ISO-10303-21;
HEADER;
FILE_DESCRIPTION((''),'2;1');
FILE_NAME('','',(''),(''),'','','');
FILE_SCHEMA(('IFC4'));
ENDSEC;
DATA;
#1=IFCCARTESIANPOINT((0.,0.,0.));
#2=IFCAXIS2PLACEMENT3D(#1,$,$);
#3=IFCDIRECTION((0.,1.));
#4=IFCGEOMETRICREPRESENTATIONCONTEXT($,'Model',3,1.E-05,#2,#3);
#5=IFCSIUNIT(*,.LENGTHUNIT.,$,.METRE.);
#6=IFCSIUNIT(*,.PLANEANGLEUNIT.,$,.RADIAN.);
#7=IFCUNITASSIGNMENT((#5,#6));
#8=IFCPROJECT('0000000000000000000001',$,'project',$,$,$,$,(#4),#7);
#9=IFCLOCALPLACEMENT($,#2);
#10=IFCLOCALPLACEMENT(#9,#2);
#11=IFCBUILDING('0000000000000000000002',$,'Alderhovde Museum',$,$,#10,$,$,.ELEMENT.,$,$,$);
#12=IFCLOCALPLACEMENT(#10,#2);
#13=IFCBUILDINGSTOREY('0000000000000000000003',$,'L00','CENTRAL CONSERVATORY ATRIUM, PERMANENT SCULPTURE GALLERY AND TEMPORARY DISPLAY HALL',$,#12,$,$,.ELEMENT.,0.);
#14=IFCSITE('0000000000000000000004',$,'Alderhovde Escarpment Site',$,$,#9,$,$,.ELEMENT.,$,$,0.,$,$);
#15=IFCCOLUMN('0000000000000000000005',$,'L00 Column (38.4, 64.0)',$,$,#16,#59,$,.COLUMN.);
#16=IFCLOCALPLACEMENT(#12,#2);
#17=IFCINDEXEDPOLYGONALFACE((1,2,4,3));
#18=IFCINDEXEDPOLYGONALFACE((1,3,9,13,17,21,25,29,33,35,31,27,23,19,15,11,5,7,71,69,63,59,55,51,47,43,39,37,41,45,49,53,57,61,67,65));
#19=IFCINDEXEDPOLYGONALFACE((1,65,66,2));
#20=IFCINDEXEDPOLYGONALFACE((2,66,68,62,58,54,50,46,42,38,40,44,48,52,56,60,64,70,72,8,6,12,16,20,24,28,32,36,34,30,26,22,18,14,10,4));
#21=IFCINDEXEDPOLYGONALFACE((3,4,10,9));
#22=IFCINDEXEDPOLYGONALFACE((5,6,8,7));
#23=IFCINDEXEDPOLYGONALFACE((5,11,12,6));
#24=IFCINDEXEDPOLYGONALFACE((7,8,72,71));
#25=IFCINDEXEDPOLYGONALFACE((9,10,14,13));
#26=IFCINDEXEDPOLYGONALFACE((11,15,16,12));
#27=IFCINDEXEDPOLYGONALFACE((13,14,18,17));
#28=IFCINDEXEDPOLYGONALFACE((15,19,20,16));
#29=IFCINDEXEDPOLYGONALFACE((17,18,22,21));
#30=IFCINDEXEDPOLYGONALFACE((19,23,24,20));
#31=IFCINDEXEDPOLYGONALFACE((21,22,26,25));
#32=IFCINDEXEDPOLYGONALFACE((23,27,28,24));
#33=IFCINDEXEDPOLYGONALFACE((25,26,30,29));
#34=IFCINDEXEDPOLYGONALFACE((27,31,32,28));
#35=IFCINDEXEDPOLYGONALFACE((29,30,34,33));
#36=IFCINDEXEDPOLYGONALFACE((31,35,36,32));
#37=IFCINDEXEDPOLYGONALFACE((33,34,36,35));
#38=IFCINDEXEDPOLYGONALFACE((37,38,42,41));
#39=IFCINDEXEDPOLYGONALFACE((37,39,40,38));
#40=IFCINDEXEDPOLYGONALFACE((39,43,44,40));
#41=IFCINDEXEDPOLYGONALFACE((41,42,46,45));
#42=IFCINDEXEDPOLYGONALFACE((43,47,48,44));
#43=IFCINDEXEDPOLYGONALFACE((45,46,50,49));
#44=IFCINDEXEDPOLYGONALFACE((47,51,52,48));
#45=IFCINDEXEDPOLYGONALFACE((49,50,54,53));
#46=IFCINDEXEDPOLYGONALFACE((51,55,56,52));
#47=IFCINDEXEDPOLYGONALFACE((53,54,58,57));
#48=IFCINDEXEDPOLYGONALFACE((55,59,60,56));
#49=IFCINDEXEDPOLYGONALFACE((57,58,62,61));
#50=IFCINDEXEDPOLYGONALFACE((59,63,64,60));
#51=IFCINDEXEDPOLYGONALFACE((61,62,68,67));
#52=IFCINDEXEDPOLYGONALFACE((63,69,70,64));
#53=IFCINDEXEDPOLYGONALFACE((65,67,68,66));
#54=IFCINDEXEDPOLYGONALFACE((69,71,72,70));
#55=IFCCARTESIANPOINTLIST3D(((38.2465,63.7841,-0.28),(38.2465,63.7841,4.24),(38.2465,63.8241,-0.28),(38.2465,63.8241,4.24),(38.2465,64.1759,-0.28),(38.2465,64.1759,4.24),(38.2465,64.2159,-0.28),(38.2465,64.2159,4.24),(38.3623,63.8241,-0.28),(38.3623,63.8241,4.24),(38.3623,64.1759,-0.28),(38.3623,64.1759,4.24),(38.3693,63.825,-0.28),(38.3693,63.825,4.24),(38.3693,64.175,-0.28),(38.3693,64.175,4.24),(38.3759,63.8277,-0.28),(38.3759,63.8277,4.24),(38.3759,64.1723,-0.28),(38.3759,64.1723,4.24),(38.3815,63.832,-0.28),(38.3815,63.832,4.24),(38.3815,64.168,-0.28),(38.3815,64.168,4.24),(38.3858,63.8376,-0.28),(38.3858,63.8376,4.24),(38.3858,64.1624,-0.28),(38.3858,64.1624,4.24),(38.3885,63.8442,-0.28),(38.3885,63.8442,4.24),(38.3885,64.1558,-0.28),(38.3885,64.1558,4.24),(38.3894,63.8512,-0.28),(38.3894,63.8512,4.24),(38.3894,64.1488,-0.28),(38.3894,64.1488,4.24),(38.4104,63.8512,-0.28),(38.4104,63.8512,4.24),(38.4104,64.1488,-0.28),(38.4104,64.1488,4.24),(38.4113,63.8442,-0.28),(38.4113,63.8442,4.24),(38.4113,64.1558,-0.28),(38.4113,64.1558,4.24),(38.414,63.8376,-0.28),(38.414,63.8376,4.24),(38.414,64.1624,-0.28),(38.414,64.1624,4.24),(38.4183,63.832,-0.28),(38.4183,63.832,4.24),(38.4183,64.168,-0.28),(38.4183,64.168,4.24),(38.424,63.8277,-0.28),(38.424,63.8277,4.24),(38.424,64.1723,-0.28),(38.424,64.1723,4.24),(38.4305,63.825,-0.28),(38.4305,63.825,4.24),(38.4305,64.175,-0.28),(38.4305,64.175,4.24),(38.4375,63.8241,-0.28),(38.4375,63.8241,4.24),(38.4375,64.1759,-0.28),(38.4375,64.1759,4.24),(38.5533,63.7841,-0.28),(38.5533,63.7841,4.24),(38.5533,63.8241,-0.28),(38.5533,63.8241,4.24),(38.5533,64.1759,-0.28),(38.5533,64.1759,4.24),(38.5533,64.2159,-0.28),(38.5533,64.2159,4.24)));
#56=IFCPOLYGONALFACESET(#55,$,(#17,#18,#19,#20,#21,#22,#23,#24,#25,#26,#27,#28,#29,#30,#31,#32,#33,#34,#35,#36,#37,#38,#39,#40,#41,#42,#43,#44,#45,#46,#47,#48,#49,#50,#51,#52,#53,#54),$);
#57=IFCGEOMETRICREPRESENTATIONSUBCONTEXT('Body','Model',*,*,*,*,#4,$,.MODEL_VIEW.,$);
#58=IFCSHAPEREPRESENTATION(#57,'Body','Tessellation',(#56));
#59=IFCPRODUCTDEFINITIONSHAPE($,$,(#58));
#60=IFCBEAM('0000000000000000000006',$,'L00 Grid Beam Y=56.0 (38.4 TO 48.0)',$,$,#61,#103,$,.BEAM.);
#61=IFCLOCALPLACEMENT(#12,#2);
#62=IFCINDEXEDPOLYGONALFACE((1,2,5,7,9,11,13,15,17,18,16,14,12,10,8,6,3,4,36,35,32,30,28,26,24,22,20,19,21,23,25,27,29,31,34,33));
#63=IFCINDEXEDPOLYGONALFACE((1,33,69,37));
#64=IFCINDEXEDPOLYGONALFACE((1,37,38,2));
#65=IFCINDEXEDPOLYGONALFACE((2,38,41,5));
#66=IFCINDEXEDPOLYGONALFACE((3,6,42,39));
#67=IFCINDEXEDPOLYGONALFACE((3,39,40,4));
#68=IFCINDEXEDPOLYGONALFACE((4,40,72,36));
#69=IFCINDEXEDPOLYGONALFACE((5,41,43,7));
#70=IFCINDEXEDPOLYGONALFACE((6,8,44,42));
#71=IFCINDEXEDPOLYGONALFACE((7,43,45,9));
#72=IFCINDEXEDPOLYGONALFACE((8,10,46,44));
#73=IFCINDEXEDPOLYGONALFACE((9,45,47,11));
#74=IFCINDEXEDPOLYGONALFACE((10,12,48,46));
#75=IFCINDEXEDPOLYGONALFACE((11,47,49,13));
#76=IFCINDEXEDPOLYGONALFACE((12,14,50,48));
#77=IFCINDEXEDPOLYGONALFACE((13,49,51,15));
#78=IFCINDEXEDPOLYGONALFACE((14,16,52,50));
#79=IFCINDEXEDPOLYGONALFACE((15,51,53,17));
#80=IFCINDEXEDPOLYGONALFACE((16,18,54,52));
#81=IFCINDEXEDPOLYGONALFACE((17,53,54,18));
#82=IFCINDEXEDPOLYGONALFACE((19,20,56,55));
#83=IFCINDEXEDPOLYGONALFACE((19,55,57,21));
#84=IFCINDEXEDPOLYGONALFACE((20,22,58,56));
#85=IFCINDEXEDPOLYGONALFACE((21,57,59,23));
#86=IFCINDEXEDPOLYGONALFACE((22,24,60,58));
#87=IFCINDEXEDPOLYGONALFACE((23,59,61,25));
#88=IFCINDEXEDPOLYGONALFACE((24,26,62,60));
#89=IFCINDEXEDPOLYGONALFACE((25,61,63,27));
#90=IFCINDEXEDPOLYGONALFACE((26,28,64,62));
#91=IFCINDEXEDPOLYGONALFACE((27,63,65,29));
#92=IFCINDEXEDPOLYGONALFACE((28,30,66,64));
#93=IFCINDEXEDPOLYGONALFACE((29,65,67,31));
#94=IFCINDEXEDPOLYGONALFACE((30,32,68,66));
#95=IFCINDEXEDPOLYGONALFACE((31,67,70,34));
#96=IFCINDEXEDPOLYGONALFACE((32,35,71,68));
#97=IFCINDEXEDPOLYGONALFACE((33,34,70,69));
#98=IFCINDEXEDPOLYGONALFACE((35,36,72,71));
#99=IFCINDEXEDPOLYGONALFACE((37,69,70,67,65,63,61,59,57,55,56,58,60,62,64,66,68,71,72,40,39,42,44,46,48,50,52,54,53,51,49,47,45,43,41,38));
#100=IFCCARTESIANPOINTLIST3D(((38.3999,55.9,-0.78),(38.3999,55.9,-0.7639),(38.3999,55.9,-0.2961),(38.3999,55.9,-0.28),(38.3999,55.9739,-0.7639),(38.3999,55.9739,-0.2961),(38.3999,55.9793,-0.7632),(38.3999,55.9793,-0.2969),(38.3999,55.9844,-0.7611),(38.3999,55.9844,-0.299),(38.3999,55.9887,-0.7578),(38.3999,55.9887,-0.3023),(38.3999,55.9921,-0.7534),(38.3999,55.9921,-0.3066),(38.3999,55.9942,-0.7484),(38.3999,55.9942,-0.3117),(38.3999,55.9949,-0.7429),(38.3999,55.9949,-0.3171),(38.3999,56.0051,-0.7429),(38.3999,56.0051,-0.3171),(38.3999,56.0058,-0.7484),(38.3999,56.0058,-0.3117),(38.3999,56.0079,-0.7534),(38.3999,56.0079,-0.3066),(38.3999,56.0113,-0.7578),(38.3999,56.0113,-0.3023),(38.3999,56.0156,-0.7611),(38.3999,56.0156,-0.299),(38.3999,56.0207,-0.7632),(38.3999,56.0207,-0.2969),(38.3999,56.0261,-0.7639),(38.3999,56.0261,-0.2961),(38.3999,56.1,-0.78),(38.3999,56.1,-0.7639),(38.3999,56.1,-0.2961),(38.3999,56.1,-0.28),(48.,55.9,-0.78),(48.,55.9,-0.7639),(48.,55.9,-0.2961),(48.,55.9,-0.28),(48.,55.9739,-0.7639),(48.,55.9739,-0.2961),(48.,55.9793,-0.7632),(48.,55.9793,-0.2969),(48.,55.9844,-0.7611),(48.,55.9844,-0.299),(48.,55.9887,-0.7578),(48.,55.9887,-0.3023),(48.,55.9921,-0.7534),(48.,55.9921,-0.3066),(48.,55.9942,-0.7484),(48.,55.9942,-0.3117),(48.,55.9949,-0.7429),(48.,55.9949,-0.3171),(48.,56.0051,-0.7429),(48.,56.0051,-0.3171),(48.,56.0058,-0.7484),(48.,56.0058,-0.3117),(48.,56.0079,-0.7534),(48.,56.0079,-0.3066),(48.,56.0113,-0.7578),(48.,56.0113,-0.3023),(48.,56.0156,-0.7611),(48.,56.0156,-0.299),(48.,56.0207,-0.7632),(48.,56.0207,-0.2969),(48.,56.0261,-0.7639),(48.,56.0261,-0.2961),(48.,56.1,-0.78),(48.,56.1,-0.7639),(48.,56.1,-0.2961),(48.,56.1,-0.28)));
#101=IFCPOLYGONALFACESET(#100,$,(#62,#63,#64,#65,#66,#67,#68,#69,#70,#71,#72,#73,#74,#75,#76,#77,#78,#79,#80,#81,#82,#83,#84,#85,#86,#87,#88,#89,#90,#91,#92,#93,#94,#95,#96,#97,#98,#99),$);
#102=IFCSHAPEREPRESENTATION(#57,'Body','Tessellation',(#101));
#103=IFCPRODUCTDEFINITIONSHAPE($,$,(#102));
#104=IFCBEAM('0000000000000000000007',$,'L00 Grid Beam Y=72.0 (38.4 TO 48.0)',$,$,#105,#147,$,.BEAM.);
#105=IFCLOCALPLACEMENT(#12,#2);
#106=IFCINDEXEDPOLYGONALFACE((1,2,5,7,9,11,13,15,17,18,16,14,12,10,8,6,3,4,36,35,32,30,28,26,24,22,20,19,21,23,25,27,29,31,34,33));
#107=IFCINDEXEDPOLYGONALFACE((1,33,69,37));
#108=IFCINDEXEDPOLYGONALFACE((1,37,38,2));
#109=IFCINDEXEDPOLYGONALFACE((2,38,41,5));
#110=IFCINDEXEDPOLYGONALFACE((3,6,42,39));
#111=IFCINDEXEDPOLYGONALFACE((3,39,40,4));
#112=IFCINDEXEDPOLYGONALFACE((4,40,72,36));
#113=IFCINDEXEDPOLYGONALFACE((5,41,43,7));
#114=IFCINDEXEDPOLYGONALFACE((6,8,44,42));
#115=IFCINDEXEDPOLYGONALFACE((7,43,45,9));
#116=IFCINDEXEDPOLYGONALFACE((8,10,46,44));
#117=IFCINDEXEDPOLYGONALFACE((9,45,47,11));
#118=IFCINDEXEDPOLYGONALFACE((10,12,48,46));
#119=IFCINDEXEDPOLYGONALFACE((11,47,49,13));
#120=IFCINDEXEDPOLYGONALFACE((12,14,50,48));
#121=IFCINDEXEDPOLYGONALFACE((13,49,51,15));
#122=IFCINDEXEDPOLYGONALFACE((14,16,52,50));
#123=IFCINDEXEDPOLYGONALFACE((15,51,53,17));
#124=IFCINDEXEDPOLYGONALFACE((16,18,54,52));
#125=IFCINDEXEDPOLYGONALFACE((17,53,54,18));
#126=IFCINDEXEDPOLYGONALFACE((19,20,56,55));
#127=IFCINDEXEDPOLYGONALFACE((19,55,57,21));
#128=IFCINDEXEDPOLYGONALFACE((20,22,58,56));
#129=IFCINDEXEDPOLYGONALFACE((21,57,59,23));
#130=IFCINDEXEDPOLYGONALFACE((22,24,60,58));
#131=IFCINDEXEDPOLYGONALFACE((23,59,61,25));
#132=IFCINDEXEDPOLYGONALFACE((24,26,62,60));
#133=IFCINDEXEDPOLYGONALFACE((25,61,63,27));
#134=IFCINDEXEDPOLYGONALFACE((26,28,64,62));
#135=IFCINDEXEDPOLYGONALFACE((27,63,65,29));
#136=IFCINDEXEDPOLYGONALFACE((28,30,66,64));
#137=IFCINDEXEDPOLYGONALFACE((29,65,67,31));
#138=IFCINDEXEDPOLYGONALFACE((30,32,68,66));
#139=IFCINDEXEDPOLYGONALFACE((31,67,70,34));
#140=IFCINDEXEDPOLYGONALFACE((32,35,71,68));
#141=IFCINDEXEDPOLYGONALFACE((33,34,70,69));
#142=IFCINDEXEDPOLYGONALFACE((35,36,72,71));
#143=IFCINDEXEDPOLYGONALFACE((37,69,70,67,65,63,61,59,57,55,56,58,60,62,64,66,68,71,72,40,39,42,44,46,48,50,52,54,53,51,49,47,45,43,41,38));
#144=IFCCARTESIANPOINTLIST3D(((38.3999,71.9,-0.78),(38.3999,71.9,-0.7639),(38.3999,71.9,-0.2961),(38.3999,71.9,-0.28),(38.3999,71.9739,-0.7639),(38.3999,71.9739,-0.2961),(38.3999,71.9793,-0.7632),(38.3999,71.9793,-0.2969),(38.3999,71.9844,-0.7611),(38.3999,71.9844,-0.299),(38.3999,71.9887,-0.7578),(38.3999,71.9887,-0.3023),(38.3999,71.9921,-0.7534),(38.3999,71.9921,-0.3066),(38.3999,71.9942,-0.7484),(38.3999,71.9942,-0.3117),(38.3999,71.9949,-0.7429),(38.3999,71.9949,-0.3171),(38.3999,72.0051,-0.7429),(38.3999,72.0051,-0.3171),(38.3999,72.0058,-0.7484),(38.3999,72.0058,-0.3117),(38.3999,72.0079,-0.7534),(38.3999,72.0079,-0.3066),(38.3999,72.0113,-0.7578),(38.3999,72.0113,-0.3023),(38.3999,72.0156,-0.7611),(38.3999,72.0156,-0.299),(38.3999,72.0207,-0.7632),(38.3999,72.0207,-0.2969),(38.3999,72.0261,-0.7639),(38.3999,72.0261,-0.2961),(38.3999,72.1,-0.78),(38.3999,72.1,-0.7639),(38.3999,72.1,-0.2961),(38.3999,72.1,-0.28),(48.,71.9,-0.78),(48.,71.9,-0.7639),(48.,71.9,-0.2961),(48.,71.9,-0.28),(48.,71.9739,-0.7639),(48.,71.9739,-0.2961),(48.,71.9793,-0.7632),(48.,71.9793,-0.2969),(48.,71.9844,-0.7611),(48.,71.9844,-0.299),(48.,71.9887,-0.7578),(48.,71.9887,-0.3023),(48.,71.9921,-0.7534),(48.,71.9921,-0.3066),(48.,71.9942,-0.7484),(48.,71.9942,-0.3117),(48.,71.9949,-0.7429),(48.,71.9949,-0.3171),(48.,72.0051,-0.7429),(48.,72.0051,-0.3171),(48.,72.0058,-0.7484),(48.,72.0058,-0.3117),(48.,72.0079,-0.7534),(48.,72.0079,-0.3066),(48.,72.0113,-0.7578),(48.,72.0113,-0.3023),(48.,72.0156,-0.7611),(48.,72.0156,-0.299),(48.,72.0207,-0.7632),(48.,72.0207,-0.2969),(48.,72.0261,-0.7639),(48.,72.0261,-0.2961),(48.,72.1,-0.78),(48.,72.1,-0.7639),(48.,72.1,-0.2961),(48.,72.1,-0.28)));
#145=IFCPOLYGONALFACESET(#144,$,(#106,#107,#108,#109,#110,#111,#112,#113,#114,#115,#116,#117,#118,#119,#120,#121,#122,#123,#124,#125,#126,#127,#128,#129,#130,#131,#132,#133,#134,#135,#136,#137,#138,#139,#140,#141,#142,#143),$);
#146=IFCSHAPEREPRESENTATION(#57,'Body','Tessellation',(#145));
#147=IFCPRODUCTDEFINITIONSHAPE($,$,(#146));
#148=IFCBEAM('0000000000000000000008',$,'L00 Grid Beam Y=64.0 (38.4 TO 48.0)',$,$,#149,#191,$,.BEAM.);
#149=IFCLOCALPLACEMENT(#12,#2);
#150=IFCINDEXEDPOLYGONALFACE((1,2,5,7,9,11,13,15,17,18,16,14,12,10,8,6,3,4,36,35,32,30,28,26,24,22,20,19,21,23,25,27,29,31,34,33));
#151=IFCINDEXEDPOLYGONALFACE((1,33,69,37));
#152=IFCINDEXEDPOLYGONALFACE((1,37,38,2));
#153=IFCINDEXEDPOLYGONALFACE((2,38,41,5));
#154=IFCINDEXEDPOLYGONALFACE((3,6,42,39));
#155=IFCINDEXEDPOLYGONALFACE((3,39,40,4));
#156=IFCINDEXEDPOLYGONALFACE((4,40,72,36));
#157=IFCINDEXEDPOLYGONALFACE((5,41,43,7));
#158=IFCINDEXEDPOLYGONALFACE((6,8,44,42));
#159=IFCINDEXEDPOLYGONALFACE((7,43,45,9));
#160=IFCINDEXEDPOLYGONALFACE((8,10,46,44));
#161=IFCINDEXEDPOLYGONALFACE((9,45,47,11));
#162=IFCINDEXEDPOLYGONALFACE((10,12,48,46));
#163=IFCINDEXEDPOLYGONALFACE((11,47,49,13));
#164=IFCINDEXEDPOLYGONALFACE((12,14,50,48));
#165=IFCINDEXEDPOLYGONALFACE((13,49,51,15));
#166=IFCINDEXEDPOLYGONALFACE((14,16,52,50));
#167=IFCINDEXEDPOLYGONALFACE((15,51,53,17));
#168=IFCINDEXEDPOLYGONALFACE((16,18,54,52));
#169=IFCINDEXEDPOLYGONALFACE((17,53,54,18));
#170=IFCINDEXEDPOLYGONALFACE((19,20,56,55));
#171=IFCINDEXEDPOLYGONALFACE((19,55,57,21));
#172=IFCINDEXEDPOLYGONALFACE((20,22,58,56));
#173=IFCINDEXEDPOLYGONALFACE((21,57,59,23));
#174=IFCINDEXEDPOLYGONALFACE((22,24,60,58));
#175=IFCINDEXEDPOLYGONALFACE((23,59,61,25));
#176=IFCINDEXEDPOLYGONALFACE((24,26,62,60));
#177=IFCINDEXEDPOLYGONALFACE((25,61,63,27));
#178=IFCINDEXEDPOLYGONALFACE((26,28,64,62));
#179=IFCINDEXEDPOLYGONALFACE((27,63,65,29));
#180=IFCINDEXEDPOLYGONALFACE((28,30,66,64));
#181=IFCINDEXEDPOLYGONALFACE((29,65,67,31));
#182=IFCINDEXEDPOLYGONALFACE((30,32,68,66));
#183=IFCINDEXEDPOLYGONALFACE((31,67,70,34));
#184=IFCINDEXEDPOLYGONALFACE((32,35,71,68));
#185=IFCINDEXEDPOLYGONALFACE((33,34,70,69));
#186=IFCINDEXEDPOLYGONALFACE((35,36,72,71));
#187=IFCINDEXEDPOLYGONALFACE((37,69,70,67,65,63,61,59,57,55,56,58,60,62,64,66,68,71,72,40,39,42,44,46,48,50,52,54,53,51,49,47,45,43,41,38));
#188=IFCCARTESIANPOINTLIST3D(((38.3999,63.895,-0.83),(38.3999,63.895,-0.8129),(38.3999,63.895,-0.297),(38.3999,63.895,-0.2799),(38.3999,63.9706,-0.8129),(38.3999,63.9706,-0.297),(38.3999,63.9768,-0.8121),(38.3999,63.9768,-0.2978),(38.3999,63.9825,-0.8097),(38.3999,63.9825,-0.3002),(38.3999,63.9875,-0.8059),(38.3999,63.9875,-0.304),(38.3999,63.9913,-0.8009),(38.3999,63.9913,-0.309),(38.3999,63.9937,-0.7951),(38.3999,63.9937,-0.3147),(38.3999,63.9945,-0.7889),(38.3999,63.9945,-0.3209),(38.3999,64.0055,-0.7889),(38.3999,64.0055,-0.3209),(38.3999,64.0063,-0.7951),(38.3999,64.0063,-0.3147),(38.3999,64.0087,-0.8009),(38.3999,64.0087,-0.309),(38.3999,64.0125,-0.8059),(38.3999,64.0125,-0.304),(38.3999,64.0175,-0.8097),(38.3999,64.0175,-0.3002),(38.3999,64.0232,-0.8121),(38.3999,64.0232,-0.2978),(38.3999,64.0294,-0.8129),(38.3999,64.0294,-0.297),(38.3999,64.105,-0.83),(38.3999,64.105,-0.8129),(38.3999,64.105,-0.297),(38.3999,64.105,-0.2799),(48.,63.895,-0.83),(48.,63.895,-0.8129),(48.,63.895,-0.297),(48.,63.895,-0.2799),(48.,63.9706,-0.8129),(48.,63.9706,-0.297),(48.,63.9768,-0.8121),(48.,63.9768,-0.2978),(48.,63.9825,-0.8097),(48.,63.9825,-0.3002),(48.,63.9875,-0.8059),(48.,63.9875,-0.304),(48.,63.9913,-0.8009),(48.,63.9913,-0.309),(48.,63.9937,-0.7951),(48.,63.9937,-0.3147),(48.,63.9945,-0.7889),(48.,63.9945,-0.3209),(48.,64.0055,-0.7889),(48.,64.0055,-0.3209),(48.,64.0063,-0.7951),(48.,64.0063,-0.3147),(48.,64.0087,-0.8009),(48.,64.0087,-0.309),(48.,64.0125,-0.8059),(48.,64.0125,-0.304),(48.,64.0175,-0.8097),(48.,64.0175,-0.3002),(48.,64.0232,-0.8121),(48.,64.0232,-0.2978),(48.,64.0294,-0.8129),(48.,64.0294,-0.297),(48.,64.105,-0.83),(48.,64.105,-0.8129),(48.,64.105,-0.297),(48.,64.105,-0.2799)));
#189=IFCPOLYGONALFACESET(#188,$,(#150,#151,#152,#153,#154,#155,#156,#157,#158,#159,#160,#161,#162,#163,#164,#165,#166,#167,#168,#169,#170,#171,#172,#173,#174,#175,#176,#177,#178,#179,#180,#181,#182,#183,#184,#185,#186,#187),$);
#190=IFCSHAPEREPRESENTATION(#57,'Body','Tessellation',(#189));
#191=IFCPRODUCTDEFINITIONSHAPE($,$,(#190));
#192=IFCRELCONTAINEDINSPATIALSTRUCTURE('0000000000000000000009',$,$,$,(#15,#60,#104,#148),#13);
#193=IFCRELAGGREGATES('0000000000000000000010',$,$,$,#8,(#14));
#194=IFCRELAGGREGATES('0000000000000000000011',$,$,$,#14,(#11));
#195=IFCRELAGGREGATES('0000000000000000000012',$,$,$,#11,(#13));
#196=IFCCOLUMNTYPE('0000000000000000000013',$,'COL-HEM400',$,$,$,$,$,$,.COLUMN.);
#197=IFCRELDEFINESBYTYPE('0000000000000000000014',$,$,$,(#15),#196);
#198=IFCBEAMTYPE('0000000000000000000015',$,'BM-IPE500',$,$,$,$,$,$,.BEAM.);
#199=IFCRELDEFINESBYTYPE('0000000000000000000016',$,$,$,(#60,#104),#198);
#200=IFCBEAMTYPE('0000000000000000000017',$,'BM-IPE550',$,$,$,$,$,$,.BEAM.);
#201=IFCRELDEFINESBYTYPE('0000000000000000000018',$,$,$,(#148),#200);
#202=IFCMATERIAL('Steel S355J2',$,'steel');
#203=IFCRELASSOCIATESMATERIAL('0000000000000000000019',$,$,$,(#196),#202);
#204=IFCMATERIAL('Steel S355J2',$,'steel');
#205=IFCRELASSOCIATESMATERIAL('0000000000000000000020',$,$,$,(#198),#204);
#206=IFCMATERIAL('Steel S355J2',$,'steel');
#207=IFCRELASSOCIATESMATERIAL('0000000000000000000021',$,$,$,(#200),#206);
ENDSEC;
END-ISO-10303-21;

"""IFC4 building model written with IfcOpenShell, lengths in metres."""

from ifc_helpers import new_model, si_unit, direction, frame, origin, origin_2d, place, context, subcontext, project, spatial, i_section, extrude, material, material_profile, profile_set, type_object, element, save


model = new_model("IFC4")

# Units and contexts
model_context = context("Model", 3, precision=1e-05, world=origin(), true_north=direction((0.0, 1.0)))
body_context = subcontext(model_context, "Body", "Model", "MODEL_VIEW")
ifc_project = project(units=[si_unit("LENGTHUNIT", "METRE"), si_unit("PLANEANGLEUNIT", "RADIAN")], contexts=[model_context])

# Site, building, storey
site_placement = place(None, origin())
site = spatial("IfcSite", under=ifc_project, at=site_placement, Name="Alderhovde Escarpment Site", CompositionType="ELEMENT", RefElevation=0.0)
building_placement = place(site_placement, origin())
building = spatial("IfcBuilding", under=site, at=building_placement, Name="Alderhovde Museum", CompositionType="ELEMENT")
storey_placement = place(building_placement, origin())
storey = spatial("IfcBuildingStorey", under=building, at=storey_placement, Name="L00", Description="CENTRAL CONSERVATORY ATRIUM, PERMANENT SCULPTURE GALLERY AND TEMPORARY DISPLAY HALL", CompositionType="ELEMENT", Elevation=0.0)

# Column
ifc_material_1 = material(Name="Steel S355J2", Category="steel")
ifc_material_profile_1 = material_profile(ifc_material_1, i_section(OverallWidth=0.3069, OverallDepth=0.4319, WebThickness=0.021, FlangeThickness=0.04, FilletRadius=0.0271, at=origin_2d()), Name="HEM 400")
ifc_profile_set_1 = profile_set([ifc_material_profile_1], Name="Steel S355J2")
column_type_1 = type_object("IfcColumnType", Name="COL-HEM400", PredefinedType="COLUMN", material=ifc_profile_set_1)
column_1_placement = place(storey_placement, frame((38.3999, 64.0, -0.28), z_axis=(0.0, 0.0, 1.0), x_axis=(1.0, 0.0, 0.0)))
element("IfcColumn", 1, at=column_1_placement, inside=storey, type_object=column_type_1, Name="L00 Column (38.4, 64.0)", PredefinedType="COLUMN", context=body_context, shape_type="SweptSolid", body=[
    extrude(i_section(OverallWidth=0.3069, OverallDepth=0.4319, WebThickness=0.021, FlangeThickness=0.04, FilletRadius=0.0271, at=origin_2d()), origin(), (0.0, 0.0, 1.0), 4.52),
])

# Beams
ifc_material_2 = material(Name="Steel S355J2", Category="steel")
ifc_material_profile_2 = material_profile(ifc_material_2, i_section(OverallWidth=0.2, OverallDepth=0.5, WebThickness=0.0103, FlangeThickness=0.0161, FilletRadius=0.021, at=origin_2d()), Name="IPE 500")
ifc_profile_set_2 = profile_set([ifc_material_profile_2], Name="Steel S355J2")
beam_type_1 = type_object("IfcBeamType", Name="BM-IPE500", PredefinedType="BEAM", material=ifc_profile_set_2)
for number, where, z_axis, x_axis, name in (
    (2, (38.3999, 56.0, -0.53), (1.0, 0.0, 0.0), (0.0, 1.0, 0.0), "L00 Grid Beam Y=56.0 (38.4 TO 48.0)"),
    (3, (38.3999, 72.0, -0.53), (1.0, 0.0, 0.0), (0.0, 1.0, 0.0), "L00 Grid Beam Y=72.0 (38.4 TO 48.0)"),
):
    element("IfcBeam", number, at=place(storey_placement, frame(where, z_axis=z_axis, x_axis=x_axis)), inside=storey, type_object=beam_type_1, Name=name, PredefinedType="BEAM", context=body_context, shape_type="SweptSolid", body=[
        extrude(i_section(OverallWidth=0.2, OverallDepth=0.5, WebThickness=0.0103, FlangeThickness=0.0161, FilletRadius=0.021, at=origin_2d()), origin(), (0.0, 0.0, 1.0), 9.6001),
    ])
ifc_material_3 = material(Name="Steel S355J2", Category="steel")
ifc_material_profile_3 = material_profile(ifc_material_3, i_section(OverallWidth=0.21, OverallDepth=0.55, WebThickness=0.011, FlangeThickness=0.0171, FilletRadius=0.0239, at=origin_2d()), Name="IPE 550")
ifc_profile_set_3 = profile_set([ifc_material_profile_3], Name="Steel S355J2")
beam_type_2 = type_object("IfcBeamType", Name="BM-IPE550", PredefinedType="BEAM", material=ifc_profile_set_3)
beam_placement = place(storey_placement, frame((38.3999, 64.0, -0.5549), z_axis=(1.0, 0.0, 0.0), x_axis=(0.0, 1.0, 0.0)))
element("IfcBeam", 4, at=beam_placement, inside=storey, type_object=beam_type_2, Name="L00 Grid Beam Y=64.0 (38.4 TO 48.0)", PredefinedType="BEAM", context=body_context, shape_type="SweptSolid", body=[
    extrude(i_section(OverallWidth=0.21, OverallDepth=0.55, WebThickness=0.011, FlangeThickness=0.0171, FilletRadius=0.0239, at=origin_2d()), origin(), (0.0, 0.0, 1.0), 9.6001),
])

save(model, "model.ifc")
